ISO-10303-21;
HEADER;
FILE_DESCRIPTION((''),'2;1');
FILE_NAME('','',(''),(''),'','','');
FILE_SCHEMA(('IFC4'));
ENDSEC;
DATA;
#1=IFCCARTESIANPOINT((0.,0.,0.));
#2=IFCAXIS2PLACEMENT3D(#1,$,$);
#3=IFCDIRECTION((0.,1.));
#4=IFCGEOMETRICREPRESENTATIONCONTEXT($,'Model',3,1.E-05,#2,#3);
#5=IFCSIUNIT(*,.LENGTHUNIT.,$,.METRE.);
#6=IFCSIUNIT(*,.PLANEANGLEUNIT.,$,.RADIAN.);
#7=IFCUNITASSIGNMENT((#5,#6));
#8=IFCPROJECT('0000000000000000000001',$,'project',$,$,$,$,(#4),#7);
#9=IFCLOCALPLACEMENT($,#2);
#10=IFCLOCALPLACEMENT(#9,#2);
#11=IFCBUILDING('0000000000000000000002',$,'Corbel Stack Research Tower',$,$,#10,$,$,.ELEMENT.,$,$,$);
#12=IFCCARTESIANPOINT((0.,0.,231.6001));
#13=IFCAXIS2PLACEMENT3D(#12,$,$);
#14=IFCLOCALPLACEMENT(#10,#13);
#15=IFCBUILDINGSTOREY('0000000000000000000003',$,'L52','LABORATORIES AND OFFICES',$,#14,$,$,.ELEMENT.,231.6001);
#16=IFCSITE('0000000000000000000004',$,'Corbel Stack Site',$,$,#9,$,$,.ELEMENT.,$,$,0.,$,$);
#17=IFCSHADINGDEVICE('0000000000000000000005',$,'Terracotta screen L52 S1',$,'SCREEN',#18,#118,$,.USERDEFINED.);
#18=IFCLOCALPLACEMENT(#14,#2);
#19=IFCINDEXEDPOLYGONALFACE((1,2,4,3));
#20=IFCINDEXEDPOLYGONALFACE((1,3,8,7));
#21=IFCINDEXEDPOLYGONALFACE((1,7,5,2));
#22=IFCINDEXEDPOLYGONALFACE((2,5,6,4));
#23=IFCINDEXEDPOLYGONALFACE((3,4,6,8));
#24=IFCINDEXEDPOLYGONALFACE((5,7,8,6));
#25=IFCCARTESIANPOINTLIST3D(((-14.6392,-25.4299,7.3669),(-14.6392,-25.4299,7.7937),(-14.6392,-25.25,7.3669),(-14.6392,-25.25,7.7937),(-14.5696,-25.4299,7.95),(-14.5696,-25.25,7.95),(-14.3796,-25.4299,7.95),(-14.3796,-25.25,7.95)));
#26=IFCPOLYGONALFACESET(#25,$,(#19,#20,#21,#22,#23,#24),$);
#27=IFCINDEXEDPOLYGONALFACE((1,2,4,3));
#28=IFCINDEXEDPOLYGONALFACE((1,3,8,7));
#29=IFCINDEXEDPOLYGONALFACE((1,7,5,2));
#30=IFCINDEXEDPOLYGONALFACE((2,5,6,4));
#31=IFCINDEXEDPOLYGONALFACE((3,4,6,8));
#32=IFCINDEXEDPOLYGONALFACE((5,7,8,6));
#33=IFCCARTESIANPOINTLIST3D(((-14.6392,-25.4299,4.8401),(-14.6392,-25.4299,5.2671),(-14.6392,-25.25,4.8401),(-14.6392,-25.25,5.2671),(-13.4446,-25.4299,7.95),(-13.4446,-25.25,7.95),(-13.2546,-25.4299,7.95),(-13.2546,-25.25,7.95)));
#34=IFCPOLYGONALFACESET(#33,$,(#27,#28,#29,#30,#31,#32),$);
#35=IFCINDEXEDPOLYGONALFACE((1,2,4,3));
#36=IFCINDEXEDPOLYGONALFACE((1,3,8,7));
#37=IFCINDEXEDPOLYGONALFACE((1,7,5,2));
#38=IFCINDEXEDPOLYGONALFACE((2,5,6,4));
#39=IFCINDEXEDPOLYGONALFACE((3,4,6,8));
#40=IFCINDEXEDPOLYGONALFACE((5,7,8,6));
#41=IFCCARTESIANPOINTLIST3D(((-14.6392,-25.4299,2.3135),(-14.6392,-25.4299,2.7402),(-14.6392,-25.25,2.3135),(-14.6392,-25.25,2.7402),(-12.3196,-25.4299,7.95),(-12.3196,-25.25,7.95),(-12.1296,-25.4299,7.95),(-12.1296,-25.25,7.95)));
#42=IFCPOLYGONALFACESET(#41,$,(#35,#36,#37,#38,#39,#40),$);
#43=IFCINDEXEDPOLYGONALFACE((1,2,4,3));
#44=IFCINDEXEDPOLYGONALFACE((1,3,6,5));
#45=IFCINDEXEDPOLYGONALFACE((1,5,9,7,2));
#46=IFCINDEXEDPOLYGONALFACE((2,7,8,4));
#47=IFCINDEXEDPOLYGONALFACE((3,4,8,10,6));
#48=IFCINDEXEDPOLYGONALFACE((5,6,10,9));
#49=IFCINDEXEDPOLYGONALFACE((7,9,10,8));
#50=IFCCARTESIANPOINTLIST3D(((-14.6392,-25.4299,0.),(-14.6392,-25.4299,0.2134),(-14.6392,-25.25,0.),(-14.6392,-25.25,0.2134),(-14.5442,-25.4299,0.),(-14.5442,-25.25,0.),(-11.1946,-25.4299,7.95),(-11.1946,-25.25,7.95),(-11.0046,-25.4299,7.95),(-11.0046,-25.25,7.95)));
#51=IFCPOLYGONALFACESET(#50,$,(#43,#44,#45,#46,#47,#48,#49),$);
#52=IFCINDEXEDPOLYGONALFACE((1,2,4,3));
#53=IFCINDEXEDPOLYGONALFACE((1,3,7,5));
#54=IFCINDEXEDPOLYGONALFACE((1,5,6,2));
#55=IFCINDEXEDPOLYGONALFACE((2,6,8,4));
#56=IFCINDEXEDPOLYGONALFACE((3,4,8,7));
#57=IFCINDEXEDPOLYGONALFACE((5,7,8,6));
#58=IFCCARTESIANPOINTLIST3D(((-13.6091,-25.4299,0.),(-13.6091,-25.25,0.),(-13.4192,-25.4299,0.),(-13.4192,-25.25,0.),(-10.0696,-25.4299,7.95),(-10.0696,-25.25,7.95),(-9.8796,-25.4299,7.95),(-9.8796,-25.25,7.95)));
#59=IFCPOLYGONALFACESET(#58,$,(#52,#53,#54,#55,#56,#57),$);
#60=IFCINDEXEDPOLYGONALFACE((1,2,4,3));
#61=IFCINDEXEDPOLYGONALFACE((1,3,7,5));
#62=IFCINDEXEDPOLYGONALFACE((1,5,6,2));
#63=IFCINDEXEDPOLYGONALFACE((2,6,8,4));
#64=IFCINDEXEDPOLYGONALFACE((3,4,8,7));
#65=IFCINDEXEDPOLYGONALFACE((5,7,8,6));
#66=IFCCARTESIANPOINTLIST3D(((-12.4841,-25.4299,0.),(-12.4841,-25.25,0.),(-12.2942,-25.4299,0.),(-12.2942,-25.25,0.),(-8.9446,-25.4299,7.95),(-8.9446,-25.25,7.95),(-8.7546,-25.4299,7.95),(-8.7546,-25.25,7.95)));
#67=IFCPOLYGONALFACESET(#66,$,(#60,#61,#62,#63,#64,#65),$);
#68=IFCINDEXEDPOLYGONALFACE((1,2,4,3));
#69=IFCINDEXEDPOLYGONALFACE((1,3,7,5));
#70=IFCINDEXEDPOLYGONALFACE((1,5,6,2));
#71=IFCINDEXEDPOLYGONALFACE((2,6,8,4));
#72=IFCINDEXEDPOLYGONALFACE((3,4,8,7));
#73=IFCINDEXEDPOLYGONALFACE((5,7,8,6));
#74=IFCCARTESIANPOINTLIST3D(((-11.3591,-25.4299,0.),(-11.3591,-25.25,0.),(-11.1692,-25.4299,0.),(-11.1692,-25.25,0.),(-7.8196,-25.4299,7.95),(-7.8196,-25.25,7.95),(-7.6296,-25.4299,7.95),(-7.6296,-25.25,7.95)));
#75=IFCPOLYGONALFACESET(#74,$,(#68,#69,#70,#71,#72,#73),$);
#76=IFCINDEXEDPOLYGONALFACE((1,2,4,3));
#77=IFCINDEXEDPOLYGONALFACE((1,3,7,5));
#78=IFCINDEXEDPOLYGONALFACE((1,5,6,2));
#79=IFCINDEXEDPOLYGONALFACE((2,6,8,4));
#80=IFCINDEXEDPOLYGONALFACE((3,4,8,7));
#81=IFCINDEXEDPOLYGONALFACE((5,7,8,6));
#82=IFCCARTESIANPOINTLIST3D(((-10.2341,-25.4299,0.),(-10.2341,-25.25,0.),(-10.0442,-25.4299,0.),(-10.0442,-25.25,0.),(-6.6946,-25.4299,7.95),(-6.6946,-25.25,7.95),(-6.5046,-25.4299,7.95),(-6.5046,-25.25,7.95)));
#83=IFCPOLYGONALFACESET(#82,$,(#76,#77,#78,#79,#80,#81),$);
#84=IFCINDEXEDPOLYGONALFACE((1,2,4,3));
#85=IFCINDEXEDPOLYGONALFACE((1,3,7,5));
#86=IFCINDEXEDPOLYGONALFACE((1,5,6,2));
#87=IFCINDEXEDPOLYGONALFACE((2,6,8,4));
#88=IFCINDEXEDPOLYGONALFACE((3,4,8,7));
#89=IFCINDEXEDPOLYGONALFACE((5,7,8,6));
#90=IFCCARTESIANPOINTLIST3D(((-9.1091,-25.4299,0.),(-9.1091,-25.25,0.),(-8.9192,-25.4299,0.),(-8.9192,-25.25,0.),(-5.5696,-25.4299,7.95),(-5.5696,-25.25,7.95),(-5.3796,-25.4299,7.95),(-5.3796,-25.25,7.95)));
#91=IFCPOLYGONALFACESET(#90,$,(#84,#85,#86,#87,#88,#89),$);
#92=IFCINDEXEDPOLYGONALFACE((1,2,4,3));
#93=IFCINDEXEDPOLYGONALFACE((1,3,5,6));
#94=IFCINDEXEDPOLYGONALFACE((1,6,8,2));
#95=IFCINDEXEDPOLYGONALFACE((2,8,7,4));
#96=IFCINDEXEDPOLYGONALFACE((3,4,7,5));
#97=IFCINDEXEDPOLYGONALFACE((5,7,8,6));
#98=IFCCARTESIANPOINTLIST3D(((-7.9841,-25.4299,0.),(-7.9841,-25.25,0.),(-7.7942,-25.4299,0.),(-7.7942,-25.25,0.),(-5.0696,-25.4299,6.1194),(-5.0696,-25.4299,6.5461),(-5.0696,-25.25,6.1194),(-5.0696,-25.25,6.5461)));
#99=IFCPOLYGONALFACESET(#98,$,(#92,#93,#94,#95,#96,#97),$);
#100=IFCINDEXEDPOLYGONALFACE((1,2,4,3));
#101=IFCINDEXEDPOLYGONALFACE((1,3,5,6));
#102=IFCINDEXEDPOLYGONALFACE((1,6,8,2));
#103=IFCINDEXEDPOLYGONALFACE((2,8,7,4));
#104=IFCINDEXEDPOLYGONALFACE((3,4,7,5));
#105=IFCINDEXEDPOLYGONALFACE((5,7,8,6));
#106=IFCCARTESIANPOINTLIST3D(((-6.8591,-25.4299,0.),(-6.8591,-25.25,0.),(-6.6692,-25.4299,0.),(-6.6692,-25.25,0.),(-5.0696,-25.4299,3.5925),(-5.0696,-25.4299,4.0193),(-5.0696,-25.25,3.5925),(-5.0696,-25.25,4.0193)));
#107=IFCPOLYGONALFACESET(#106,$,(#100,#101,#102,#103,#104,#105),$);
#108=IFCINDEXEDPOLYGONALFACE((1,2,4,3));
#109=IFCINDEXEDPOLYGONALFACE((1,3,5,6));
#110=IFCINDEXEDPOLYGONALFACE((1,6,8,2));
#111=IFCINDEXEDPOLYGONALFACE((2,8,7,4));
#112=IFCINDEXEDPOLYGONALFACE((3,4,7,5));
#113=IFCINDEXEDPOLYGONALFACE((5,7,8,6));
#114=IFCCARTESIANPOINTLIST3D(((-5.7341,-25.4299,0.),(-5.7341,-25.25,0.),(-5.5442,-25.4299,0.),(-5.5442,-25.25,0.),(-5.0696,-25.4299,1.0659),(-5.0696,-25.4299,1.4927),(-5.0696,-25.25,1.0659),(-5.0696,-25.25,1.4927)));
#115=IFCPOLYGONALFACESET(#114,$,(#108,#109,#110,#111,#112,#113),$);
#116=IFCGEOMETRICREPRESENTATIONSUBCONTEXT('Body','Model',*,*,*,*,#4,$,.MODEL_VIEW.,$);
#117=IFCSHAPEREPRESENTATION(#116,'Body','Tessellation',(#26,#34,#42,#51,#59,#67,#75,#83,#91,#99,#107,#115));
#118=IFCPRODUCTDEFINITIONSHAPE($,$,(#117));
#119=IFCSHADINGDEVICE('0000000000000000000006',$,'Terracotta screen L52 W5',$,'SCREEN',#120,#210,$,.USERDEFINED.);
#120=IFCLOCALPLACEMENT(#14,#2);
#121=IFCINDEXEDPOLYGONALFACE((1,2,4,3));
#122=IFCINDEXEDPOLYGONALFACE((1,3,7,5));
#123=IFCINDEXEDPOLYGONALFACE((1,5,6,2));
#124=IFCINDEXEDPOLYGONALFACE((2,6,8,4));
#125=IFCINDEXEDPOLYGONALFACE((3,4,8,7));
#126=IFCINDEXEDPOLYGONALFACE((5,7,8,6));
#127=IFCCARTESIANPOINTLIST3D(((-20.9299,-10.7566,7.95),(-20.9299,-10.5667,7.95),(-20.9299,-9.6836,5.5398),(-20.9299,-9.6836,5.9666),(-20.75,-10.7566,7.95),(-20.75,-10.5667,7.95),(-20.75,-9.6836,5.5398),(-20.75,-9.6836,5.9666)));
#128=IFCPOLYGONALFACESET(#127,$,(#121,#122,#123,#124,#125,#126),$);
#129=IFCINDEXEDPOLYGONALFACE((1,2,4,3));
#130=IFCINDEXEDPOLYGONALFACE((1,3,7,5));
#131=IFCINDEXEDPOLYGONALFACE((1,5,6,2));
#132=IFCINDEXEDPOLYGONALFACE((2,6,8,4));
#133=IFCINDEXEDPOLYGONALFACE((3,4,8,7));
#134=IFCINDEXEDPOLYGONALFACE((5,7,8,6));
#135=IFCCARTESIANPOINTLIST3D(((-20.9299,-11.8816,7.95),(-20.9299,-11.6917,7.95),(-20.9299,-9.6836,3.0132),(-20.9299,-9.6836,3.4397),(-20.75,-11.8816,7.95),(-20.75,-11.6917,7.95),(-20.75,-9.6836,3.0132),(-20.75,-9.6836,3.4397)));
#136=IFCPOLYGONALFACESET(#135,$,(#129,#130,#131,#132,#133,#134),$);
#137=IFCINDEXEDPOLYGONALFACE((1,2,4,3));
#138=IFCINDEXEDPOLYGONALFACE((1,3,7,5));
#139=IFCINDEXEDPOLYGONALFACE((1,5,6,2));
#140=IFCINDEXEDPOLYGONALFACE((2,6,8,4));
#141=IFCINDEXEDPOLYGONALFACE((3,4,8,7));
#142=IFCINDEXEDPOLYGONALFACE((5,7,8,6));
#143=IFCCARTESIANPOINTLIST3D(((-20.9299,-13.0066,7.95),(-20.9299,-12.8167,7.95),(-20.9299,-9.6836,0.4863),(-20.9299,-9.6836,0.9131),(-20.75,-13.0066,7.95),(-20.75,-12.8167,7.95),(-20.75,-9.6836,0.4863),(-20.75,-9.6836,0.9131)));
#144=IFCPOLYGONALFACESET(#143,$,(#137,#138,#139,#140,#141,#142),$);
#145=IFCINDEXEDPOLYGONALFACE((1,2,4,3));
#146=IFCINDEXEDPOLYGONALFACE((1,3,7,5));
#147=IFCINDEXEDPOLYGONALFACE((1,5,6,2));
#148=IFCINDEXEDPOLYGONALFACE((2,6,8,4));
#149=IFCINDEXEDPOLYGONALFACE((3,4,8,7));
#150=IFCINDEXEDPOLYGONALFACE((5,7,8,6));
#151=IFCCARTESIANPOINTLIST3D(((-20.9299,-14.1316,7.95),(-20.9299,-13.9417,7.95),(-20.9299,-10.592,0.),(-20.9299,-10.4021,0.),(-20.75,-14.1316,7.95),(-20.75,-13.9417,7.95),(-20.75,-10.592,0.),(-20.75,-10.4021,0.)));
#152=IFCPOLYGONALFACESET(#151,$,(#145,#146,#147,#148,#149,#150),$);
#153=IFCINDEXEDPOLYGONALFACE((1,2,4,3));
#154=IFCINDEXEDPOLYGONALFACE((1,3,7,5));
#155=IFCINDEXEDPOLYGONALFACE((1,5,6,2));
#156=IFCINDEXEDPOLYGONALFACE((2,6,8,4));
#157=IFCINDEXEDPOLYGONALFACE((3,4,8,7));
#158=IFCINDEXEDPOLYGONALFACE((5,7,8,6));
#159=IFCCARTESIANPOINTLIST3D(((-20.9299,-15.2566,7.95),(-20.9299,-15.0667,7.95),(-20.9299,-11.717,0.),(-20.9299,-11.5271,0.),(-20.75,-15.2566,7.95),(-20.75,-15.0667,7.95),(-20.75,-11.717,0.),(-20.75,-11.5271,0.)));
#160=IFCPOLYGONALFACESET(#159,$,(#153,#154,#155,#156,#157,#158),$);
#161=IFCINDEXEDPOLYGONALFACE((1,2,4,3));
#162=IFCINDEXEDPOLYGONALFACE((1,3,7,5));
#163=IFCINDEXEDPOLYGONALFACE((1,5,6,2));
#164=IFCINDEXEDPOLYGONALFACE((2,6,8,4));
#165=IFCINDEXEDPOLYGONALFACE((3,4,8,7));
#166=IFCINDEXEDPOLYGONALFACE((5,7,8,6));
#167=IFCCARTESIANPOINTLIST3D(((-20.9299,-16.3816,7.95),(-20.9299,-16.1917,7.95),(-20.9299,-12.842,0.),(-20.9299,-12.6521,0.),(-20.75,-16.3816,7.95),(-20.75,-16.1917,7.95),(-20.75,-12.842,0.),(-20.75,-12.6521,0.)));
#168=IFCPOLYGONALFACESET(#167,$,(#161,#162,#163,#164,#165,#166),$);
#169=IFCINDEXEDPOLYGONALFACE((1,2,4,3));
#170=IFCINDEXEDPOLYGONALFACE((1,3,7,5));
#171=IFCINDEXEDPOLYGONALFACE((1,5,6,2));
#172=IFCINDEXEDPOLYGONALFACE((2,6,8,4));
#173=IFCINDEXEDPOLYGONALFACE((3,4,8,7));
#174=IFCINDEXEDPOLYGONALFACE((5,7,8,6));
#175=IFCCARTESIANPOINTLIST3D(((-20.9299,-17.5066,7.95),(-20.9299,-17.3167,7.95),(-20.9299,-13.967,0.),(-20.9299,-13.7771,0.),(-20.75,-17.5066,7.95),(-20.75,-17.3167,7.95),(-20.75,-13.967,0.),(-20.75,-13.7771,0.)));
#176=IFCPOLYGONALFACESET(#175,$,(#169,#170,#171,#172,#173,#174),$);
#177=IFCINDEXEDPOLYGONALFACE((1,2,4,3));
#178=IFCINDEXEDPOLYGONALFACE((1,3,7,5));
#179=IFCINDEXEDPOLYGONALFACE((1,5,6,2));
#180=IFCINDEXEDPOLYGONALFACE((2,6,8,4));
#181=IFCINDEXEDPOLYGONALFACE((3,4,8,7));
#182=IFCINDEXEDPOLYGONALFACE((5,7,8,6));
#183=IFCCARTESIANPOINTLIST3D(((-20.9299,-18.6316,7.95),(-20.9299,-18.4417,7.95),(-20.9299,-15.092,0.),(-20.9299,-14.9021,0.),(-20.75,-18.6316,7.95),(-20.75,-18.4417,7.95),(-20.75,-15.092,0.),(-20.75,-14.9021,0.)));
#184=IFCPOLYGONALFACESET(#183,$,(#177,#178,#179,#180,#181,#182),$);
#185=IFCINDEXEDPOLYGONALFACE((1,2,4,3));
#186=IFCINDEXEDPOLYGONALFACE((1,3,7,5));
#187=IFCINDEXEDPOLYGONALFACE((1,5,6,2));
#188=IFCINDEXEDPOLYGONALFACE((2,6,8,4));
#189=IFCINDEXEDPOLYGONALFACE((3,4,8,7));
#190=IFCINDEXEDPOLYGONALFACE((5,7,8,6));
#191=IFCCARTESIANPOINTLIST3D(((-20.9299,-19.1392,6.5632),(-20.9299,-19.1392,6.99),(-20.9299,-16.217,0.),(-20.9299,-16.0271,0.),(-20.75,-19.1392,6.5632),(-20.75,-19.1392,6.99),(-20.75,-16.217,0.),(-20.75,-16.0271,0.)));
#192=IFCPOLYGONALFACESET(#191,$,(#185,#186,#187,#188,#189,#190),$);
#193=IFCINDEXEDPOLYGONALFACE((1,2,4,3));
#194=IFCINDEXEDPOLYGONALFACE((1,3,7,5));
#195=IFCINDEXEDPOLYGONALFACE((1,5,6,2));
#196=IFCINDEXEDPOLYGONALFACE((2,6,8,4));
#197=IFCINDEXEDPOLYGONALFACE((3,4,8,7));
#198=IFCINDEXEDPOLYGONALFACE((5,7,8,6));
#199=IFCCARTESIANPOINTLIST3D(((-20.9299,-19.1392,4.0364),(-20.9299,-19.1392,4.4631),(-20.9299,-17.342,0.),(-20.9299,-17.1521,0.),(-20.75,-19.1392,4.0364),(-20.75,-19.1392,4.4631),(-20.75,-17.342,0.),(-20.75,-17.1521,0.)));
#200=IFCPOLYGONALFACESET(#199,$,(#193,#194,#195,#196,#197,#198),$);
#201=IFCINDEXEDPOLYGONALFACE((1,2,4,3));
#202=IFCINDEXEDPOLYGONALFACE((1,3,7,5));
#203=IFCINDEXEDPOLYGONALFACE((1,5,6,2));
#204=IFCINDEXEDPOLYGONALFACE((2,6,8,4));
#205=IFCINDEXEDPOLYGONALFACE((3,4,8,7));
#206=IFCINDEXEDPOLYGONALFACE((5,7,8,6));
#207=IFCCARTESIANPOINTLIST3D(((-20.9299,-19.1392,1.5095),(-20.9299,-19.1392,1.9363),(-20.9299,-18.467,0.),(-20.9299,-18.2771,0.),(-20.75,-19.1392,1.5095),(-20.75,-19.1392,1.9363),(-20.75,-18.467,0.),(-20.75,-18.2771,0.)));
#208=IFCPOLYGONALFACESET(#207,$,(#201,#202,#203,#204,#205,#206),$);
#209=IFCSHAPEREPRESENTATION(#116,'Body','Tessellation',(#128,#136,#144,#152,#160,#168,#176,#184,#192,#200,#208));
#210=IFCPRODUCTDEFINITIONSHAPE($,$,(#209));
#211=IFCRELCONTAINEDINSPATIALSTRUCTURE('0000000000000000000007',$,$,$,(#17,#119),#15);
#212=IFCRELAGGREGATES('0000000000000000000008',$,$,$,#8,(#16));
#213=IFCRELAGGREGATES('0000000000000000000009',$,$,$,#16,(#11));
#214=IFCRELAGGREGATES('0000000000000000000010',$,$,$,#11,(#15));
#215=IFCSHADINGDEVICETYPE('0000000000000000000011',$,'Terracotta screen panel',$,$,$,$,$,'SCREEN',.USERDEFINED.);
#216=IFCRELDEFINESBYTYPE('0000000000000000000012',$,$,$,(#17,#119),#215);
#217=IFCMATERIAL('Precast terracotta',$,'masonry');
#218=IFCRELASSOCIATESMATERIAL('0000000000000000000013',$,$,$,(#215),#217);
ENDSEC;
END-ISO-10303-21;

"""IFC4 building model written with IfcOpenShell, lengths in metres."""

from ifc_helpers import new_model, si_unit, direction, frame, origin, place, context, subcontext, project, spatial, polyline, outline, extrude, source, transform, mapped, material, type_object, element, save


model = new_model("IFC4")

# Units and contexts
model_context = context("Model", 3, precision=1e-05, world=origin(), true_north=direction((0.0, 1.0)))
body_context = subcontext(model_context, "Body", "Model", "MODEL_VIEW")
ifc_project = project(units=[si_unit("LENGTHUNIT", "METRE"), si_unit("PLANEANGLEUNIT", "RADIAN")], contexts=[model_context])

# Site, building, storey
site_placement = place(None, origin())
site = spatial("IfcSite", under=ifc_project, at=site_placement, Name="Corbel Stack Site", CompositionType="ELEMENT", RefElevation=0.0)
building_placement = place(site_placement, origin())
building = spatial("IfcBuilding", under=site, at=building_placement, Name="Corbel Stack Research Tower", CompositionType="ELEMENT")
storey_placement = place(building_placement, frame((0.0, 0.0, 231.6001)))
storey = spatial("IfcBuildingStorey", under=building, at=storey_placement, Name="L52", Description="LABORATORIES AND OFFICES", CompositionType="ELEMENT", Elevation=231.6001)

# Shading devices
ifc_material_1 = material(Name="Precast terracotta", Category="masonry")
shading_device_type = type_object("IfcShadingDeviceType", Name="Terracotta screen panel", ElementType="SCREEN", PredefinedType="USERDEFINED", material=ifc_material_1)
shared_shape_1 = source(origin(), body_context, "Body", "SweptSolid", [
    extrude(outline(polyline([(0.2595, 7.95), (0.0696, 7.95), (0.0, 7.7937), (0.0, 7.3669), (0.2595, 7.95)])), frame((0.0, 0.0, 0.0), z_axis=(0.0, -1.0, 0.0), x_axis=(1.0, 0.0, 0.0)), (0.0, 0.0, 1.0), 0.1799),
    extrude(outline(polyline([(1.3845, 7.95), (1.1946, 7.95), (0.0, 5.2671), (0.0, 4.8401), (1.3845, 7.95)])), frame((0.0, 0.0, 0.0), z_axis=(0.0, -1.0, 0.0), x_axis=(1.0, 0.0, 0.0)), (0.0, 0.0, 1.0), 0.1799),
    extrude(outline(polyline([(2.5095, 7.95), (2.3196, 7.95), (0.0, 2.7402), (0.0, 2.3135), (2.5095, 7.95)])), frame((0.0, 0.0, 0.0), z_axis=(0.0, -1.0, 0.0), x_axis=(1.0, 0.0, 0.0)), (0.0, 0.0, 1.0), 0.1799),
    extrude(outline(polyline([(0.095, 0.0), (3.6345, 7.95), (3.4446, 7.95), (0.0, 0.2134), (0.0, 0.0), (0.095, 0.0)])), frame((0.0, 0.0, 0.0), z_axis=(0.0, -1.0, 0.0), x_axis=(1.0, 0.0, 0.0)), (0.0, 0.0, 1.0), 0.1799),
    extrude(outline(polyline([(1.22, 0.0), (4.7595, 7.95), (4.5696, 7.95), (1.03, 0.0), (1.22, 0.0)])), frame((0.0, 0.0, 0.0), z_axis=(0.0, -1.0, 0.0), x_axis=(1.0, 0.0, 0.0)), (0.0, 0.0, 1.0), 0.1799),
    extrude(outline(polyline([(2.345, 0.0), (5.8845, 7.95), (5.6946, 7.95), (2.155, 0.0), (2.345, 0.0)])), frame((0.0, 0.0, 0.0), z_axis=(0.0, -1.0, 0.0), x_axis=(1.0, 0.0, 0.0)), (0.0, 0.0, 1.0), 0.1799),
    extrude(outline(polyline([(3.47, 0.0), (7.0095, 7.95), (6.8196, 7.95), (3.28, 0.0), (3.47, 0.0)])), frame((0.0, 0.0, 0.0), z_axis=(0.0, -1.0, 0.0), x_axis=(1.0, 0.0, 0.0)), (0.0, 0.0, 1.0), 0.1799),
    extrude(outline(polyline([(4.595, 0.0), (8.1345, 7.95), (7.9446, 7.95), (4.405, 0.0), (4.595, 0.0)])), frame((0.0, 0.0, 0.0), z_axis=(0.0, -1.0, 0.0), x_axis=(1.0, 0.0, 0.0)), (0.0, 0.0, 1.0), 0.1799),
    extrude(outline(polyline([(5.72, 0.0), (9.2595, 7.95), (9.0696, 7.95), (5.53, 0.0), (5.72, 0.0)])), frame((0.0, 0.0, 0.0), z_axis=(0.0, -1.0, 0.0), x_axis=(1.0, 0.0, 0.0)), (0.0, 0.0, 1.0), 0.1799),
    extrude(outline(polyline([(6.845, 0.0), (9.5696, 6.1194), (9.5696, 6.5461), (6.655, 0.0), (6.845, 0.0)])), frame((0.0, 0.0, 0.0), z_axis=(0.0, -1.0, 0.0), x_axis=(1.0, 0.0, 0.0)), (0.0, 0.0, 1.0), 0.1799),
    extrude(outline(polyline([(7.97, 0.0), (9.5696, 3.5925), (9.5696, 4.0193), (7.78, 0.0), (7.97, 0.0)])), frame((0.0, 0.0, 0.0), z_axis=(0.0, -1.0, 0.0), x_axis=(1.0, 0.0, 0.0)), (0.0, 0.0, 1.0), 0.1799),
    extrude(outline(polyline([(9.095, 0.0), (9.5696, 1.0659), (9.5696, 1.4927), (8.905, 0.0), (9.095, 0.0)])), frame((0.0, 0.0, 0.0), z_axis=(0.0, -1.0, 0.0), x_axis=(1.0, 0.0, 0.0)), (0.0, 0.0, 1.0), 0.1799),
])
shading_device_1_placement = place(storey_placement, frame((-14.6392, -25.25, 0.0), z_axis=(0.0, 0.0, 1.0), x_axis=(1.0, 0.0, 0.0)))
element("IfcShadingDevice", 1, at=shading_device_1_placement, inside=storey, type_object=shading_device_type, Name="Terracotta screen L52 S1", ObjectType="SCREEN", PredefinedType="USERDEFINED", context=body_context, shape_type="MappedRepresentation", body=[
    mapped(shared_shape_1, transform((0.0, 0.0, 0.0))),
])
shared_shape_2 = source(origin(), body_context, "Body", "SweptSolid", [
    extrude(outline(polyline([(1.073, 7.95), (0.8831, 7.95), (0.0, 5.9666), (0.0, 5.5398), (1.073, 7.95)])), frame((0.0, 0.0, 0.0), z_axis=(0.0, -1.0, 0.0), x_axis=(1.0, 0.0, 0.0)), (0.0, 0.0, 1.0), 0.1799),
    extrude(outline(polyline([(2.198, 7.95), (2.0081, 7.95), (0.0, 3.4397), (0.0, 3.0132), (2.198, 7.95)])), frame((0.0, 0.0, 0.0), z_axis=(0.0, -1.0, 0.0), x_axis=(1.0, 0.0, 0.0)), (0.0, 0.0, 1.0), 0.1799),
    extrude(outline(polyline([(3.323, 7.95), (3.1331, 7.95), (0.0, 0.9131), (0.0, 0.4863), (3.323, 7.95)])), frame((0.0, 0.0, 0.0), z_axis=(0.0, -1.0, 0.0), x_axis=(1.0, 0.0, 0.0)), (0.0, 0.0, 1.0), 0.1799),
    extrude(outline(polyline([(0.9084, 0.0), (4.448, 7.95), (4.2581, 7.95), (0.7185, 0.0), (0.9084, 0.0)])), frame((0.0, 0.0, 0.0), z_axis=(0.0, -1.0, 0.0), x_axis=(1.0, 0.0, 0.0)), (0.0, 0.0, 1.0), 0.1799),
    extrude(outline(polyline([(2.0334, 0.0), (5.573, 7.95), (5.3831, 7.95), (1.8435, 0.0), (2.0334, 0.0)])), frame((0.0, 0.0, 0.0), z_axis=(0.0, -1.0, 0.0), x_axis=(1.0, 0.0, 0.0)), (0.0, 0.0, 1.0), 0.1799),
    extrude(outline(polyline([(3.1584, 0.0), (6.698, 7.95), (6.5081, 7.95), (2.9685, 0.0), (3.1584, 0.0)])), frame((0.0, 0.0, 0.0), z_axis=(0.0, -1.0, 0.0), x_axis=(1.0, 0.0, 0.0)), (0.0, 0.0, 1.0), 0.1799),
    extrude(outline(polyline([(4.2834, 0.0), (7.823, 7.95), (7.6331, 7.95), (4.0935, 0.0), (4.2834, 0.0)])), frame((0.0, 0.0, 0.0), z_axis=(0.0, -1.0, 0.0), x_axis=(1.0, 0.0, 0.0)), (0.0, 0.0, 1.0), 0.1799),
    extrude(outline(polyline([(5.4084, 0.0), (8.948, 7.95), (8.7581, 7.95), (5.2185, 0.0), (5.4084, 0.0)])), frame((0.0, 0.0, 0.0), z_axis=(0.0, -1.0, 0.0), x_axis=(1.0, 0.0, 0.0)), (0.0, 0.0, 1.0), 0.1799),
    extrude(outline(polyline([(6.5334, 0.0), (9.4556, 6.5632), (9.4556, 6.99), (6.3435, 0.0), (6.5334, 0.0)])), frame((0.0, 0.0, 0.0), z_axis=(0.0, -1.0, 0.0), x_axis=(1.0, 0.0, 0.0)), (0.0, 0.0, 1.0), 0.1799),
    extrude(outline(polyline([(7.6584, 0.0), (9.4556, 4.0364), (9.4556, 4.4631), (7.4685, 0.0), (7.6584, 0.0)])), frame((0.0, 0.0, 0.0), z_axis=(0.0, -1.0, 0.0), x_axis=(1.0, 0.0, 0.0)), (0.0, 0.0, 1.0), 0.1799),
    extrude(outline(polyline([(8.7834, 0.0), (9.4556, 1.5095), (9.4556, 1.9363), (8.5935, 0.0), (8.7834, 0.0)])), frame((0.0, 0.0, 0.0), z_axis=(0.0, -1.0, 0.0), x_axis=(1.0, 0.0, 0.0)), (0.0, 0.0, 1.0), 0.1799),
])
shading_device_2_placement = place(storey_placement, frame((-20.75, -9.6836, 0.0), z_axis=(0.0, 0.0, 1.0), x_axis=(0.0, -1.0, 0.0)))
element("IfcShadingDevice", 2, at=shading_device_2_placement, inside=storey, type_object=shading_device_type, Name="Terracotta screen L52 W5", ObjectType="SCREEN", PredefinedType="USERDEFINED", context=body_context, shape_type="MappedRepresentation", body=[
    mapped(shared_shape_2, transform((0.0, 0.0, 0.0))),
])

save(model, "model.ifc")
